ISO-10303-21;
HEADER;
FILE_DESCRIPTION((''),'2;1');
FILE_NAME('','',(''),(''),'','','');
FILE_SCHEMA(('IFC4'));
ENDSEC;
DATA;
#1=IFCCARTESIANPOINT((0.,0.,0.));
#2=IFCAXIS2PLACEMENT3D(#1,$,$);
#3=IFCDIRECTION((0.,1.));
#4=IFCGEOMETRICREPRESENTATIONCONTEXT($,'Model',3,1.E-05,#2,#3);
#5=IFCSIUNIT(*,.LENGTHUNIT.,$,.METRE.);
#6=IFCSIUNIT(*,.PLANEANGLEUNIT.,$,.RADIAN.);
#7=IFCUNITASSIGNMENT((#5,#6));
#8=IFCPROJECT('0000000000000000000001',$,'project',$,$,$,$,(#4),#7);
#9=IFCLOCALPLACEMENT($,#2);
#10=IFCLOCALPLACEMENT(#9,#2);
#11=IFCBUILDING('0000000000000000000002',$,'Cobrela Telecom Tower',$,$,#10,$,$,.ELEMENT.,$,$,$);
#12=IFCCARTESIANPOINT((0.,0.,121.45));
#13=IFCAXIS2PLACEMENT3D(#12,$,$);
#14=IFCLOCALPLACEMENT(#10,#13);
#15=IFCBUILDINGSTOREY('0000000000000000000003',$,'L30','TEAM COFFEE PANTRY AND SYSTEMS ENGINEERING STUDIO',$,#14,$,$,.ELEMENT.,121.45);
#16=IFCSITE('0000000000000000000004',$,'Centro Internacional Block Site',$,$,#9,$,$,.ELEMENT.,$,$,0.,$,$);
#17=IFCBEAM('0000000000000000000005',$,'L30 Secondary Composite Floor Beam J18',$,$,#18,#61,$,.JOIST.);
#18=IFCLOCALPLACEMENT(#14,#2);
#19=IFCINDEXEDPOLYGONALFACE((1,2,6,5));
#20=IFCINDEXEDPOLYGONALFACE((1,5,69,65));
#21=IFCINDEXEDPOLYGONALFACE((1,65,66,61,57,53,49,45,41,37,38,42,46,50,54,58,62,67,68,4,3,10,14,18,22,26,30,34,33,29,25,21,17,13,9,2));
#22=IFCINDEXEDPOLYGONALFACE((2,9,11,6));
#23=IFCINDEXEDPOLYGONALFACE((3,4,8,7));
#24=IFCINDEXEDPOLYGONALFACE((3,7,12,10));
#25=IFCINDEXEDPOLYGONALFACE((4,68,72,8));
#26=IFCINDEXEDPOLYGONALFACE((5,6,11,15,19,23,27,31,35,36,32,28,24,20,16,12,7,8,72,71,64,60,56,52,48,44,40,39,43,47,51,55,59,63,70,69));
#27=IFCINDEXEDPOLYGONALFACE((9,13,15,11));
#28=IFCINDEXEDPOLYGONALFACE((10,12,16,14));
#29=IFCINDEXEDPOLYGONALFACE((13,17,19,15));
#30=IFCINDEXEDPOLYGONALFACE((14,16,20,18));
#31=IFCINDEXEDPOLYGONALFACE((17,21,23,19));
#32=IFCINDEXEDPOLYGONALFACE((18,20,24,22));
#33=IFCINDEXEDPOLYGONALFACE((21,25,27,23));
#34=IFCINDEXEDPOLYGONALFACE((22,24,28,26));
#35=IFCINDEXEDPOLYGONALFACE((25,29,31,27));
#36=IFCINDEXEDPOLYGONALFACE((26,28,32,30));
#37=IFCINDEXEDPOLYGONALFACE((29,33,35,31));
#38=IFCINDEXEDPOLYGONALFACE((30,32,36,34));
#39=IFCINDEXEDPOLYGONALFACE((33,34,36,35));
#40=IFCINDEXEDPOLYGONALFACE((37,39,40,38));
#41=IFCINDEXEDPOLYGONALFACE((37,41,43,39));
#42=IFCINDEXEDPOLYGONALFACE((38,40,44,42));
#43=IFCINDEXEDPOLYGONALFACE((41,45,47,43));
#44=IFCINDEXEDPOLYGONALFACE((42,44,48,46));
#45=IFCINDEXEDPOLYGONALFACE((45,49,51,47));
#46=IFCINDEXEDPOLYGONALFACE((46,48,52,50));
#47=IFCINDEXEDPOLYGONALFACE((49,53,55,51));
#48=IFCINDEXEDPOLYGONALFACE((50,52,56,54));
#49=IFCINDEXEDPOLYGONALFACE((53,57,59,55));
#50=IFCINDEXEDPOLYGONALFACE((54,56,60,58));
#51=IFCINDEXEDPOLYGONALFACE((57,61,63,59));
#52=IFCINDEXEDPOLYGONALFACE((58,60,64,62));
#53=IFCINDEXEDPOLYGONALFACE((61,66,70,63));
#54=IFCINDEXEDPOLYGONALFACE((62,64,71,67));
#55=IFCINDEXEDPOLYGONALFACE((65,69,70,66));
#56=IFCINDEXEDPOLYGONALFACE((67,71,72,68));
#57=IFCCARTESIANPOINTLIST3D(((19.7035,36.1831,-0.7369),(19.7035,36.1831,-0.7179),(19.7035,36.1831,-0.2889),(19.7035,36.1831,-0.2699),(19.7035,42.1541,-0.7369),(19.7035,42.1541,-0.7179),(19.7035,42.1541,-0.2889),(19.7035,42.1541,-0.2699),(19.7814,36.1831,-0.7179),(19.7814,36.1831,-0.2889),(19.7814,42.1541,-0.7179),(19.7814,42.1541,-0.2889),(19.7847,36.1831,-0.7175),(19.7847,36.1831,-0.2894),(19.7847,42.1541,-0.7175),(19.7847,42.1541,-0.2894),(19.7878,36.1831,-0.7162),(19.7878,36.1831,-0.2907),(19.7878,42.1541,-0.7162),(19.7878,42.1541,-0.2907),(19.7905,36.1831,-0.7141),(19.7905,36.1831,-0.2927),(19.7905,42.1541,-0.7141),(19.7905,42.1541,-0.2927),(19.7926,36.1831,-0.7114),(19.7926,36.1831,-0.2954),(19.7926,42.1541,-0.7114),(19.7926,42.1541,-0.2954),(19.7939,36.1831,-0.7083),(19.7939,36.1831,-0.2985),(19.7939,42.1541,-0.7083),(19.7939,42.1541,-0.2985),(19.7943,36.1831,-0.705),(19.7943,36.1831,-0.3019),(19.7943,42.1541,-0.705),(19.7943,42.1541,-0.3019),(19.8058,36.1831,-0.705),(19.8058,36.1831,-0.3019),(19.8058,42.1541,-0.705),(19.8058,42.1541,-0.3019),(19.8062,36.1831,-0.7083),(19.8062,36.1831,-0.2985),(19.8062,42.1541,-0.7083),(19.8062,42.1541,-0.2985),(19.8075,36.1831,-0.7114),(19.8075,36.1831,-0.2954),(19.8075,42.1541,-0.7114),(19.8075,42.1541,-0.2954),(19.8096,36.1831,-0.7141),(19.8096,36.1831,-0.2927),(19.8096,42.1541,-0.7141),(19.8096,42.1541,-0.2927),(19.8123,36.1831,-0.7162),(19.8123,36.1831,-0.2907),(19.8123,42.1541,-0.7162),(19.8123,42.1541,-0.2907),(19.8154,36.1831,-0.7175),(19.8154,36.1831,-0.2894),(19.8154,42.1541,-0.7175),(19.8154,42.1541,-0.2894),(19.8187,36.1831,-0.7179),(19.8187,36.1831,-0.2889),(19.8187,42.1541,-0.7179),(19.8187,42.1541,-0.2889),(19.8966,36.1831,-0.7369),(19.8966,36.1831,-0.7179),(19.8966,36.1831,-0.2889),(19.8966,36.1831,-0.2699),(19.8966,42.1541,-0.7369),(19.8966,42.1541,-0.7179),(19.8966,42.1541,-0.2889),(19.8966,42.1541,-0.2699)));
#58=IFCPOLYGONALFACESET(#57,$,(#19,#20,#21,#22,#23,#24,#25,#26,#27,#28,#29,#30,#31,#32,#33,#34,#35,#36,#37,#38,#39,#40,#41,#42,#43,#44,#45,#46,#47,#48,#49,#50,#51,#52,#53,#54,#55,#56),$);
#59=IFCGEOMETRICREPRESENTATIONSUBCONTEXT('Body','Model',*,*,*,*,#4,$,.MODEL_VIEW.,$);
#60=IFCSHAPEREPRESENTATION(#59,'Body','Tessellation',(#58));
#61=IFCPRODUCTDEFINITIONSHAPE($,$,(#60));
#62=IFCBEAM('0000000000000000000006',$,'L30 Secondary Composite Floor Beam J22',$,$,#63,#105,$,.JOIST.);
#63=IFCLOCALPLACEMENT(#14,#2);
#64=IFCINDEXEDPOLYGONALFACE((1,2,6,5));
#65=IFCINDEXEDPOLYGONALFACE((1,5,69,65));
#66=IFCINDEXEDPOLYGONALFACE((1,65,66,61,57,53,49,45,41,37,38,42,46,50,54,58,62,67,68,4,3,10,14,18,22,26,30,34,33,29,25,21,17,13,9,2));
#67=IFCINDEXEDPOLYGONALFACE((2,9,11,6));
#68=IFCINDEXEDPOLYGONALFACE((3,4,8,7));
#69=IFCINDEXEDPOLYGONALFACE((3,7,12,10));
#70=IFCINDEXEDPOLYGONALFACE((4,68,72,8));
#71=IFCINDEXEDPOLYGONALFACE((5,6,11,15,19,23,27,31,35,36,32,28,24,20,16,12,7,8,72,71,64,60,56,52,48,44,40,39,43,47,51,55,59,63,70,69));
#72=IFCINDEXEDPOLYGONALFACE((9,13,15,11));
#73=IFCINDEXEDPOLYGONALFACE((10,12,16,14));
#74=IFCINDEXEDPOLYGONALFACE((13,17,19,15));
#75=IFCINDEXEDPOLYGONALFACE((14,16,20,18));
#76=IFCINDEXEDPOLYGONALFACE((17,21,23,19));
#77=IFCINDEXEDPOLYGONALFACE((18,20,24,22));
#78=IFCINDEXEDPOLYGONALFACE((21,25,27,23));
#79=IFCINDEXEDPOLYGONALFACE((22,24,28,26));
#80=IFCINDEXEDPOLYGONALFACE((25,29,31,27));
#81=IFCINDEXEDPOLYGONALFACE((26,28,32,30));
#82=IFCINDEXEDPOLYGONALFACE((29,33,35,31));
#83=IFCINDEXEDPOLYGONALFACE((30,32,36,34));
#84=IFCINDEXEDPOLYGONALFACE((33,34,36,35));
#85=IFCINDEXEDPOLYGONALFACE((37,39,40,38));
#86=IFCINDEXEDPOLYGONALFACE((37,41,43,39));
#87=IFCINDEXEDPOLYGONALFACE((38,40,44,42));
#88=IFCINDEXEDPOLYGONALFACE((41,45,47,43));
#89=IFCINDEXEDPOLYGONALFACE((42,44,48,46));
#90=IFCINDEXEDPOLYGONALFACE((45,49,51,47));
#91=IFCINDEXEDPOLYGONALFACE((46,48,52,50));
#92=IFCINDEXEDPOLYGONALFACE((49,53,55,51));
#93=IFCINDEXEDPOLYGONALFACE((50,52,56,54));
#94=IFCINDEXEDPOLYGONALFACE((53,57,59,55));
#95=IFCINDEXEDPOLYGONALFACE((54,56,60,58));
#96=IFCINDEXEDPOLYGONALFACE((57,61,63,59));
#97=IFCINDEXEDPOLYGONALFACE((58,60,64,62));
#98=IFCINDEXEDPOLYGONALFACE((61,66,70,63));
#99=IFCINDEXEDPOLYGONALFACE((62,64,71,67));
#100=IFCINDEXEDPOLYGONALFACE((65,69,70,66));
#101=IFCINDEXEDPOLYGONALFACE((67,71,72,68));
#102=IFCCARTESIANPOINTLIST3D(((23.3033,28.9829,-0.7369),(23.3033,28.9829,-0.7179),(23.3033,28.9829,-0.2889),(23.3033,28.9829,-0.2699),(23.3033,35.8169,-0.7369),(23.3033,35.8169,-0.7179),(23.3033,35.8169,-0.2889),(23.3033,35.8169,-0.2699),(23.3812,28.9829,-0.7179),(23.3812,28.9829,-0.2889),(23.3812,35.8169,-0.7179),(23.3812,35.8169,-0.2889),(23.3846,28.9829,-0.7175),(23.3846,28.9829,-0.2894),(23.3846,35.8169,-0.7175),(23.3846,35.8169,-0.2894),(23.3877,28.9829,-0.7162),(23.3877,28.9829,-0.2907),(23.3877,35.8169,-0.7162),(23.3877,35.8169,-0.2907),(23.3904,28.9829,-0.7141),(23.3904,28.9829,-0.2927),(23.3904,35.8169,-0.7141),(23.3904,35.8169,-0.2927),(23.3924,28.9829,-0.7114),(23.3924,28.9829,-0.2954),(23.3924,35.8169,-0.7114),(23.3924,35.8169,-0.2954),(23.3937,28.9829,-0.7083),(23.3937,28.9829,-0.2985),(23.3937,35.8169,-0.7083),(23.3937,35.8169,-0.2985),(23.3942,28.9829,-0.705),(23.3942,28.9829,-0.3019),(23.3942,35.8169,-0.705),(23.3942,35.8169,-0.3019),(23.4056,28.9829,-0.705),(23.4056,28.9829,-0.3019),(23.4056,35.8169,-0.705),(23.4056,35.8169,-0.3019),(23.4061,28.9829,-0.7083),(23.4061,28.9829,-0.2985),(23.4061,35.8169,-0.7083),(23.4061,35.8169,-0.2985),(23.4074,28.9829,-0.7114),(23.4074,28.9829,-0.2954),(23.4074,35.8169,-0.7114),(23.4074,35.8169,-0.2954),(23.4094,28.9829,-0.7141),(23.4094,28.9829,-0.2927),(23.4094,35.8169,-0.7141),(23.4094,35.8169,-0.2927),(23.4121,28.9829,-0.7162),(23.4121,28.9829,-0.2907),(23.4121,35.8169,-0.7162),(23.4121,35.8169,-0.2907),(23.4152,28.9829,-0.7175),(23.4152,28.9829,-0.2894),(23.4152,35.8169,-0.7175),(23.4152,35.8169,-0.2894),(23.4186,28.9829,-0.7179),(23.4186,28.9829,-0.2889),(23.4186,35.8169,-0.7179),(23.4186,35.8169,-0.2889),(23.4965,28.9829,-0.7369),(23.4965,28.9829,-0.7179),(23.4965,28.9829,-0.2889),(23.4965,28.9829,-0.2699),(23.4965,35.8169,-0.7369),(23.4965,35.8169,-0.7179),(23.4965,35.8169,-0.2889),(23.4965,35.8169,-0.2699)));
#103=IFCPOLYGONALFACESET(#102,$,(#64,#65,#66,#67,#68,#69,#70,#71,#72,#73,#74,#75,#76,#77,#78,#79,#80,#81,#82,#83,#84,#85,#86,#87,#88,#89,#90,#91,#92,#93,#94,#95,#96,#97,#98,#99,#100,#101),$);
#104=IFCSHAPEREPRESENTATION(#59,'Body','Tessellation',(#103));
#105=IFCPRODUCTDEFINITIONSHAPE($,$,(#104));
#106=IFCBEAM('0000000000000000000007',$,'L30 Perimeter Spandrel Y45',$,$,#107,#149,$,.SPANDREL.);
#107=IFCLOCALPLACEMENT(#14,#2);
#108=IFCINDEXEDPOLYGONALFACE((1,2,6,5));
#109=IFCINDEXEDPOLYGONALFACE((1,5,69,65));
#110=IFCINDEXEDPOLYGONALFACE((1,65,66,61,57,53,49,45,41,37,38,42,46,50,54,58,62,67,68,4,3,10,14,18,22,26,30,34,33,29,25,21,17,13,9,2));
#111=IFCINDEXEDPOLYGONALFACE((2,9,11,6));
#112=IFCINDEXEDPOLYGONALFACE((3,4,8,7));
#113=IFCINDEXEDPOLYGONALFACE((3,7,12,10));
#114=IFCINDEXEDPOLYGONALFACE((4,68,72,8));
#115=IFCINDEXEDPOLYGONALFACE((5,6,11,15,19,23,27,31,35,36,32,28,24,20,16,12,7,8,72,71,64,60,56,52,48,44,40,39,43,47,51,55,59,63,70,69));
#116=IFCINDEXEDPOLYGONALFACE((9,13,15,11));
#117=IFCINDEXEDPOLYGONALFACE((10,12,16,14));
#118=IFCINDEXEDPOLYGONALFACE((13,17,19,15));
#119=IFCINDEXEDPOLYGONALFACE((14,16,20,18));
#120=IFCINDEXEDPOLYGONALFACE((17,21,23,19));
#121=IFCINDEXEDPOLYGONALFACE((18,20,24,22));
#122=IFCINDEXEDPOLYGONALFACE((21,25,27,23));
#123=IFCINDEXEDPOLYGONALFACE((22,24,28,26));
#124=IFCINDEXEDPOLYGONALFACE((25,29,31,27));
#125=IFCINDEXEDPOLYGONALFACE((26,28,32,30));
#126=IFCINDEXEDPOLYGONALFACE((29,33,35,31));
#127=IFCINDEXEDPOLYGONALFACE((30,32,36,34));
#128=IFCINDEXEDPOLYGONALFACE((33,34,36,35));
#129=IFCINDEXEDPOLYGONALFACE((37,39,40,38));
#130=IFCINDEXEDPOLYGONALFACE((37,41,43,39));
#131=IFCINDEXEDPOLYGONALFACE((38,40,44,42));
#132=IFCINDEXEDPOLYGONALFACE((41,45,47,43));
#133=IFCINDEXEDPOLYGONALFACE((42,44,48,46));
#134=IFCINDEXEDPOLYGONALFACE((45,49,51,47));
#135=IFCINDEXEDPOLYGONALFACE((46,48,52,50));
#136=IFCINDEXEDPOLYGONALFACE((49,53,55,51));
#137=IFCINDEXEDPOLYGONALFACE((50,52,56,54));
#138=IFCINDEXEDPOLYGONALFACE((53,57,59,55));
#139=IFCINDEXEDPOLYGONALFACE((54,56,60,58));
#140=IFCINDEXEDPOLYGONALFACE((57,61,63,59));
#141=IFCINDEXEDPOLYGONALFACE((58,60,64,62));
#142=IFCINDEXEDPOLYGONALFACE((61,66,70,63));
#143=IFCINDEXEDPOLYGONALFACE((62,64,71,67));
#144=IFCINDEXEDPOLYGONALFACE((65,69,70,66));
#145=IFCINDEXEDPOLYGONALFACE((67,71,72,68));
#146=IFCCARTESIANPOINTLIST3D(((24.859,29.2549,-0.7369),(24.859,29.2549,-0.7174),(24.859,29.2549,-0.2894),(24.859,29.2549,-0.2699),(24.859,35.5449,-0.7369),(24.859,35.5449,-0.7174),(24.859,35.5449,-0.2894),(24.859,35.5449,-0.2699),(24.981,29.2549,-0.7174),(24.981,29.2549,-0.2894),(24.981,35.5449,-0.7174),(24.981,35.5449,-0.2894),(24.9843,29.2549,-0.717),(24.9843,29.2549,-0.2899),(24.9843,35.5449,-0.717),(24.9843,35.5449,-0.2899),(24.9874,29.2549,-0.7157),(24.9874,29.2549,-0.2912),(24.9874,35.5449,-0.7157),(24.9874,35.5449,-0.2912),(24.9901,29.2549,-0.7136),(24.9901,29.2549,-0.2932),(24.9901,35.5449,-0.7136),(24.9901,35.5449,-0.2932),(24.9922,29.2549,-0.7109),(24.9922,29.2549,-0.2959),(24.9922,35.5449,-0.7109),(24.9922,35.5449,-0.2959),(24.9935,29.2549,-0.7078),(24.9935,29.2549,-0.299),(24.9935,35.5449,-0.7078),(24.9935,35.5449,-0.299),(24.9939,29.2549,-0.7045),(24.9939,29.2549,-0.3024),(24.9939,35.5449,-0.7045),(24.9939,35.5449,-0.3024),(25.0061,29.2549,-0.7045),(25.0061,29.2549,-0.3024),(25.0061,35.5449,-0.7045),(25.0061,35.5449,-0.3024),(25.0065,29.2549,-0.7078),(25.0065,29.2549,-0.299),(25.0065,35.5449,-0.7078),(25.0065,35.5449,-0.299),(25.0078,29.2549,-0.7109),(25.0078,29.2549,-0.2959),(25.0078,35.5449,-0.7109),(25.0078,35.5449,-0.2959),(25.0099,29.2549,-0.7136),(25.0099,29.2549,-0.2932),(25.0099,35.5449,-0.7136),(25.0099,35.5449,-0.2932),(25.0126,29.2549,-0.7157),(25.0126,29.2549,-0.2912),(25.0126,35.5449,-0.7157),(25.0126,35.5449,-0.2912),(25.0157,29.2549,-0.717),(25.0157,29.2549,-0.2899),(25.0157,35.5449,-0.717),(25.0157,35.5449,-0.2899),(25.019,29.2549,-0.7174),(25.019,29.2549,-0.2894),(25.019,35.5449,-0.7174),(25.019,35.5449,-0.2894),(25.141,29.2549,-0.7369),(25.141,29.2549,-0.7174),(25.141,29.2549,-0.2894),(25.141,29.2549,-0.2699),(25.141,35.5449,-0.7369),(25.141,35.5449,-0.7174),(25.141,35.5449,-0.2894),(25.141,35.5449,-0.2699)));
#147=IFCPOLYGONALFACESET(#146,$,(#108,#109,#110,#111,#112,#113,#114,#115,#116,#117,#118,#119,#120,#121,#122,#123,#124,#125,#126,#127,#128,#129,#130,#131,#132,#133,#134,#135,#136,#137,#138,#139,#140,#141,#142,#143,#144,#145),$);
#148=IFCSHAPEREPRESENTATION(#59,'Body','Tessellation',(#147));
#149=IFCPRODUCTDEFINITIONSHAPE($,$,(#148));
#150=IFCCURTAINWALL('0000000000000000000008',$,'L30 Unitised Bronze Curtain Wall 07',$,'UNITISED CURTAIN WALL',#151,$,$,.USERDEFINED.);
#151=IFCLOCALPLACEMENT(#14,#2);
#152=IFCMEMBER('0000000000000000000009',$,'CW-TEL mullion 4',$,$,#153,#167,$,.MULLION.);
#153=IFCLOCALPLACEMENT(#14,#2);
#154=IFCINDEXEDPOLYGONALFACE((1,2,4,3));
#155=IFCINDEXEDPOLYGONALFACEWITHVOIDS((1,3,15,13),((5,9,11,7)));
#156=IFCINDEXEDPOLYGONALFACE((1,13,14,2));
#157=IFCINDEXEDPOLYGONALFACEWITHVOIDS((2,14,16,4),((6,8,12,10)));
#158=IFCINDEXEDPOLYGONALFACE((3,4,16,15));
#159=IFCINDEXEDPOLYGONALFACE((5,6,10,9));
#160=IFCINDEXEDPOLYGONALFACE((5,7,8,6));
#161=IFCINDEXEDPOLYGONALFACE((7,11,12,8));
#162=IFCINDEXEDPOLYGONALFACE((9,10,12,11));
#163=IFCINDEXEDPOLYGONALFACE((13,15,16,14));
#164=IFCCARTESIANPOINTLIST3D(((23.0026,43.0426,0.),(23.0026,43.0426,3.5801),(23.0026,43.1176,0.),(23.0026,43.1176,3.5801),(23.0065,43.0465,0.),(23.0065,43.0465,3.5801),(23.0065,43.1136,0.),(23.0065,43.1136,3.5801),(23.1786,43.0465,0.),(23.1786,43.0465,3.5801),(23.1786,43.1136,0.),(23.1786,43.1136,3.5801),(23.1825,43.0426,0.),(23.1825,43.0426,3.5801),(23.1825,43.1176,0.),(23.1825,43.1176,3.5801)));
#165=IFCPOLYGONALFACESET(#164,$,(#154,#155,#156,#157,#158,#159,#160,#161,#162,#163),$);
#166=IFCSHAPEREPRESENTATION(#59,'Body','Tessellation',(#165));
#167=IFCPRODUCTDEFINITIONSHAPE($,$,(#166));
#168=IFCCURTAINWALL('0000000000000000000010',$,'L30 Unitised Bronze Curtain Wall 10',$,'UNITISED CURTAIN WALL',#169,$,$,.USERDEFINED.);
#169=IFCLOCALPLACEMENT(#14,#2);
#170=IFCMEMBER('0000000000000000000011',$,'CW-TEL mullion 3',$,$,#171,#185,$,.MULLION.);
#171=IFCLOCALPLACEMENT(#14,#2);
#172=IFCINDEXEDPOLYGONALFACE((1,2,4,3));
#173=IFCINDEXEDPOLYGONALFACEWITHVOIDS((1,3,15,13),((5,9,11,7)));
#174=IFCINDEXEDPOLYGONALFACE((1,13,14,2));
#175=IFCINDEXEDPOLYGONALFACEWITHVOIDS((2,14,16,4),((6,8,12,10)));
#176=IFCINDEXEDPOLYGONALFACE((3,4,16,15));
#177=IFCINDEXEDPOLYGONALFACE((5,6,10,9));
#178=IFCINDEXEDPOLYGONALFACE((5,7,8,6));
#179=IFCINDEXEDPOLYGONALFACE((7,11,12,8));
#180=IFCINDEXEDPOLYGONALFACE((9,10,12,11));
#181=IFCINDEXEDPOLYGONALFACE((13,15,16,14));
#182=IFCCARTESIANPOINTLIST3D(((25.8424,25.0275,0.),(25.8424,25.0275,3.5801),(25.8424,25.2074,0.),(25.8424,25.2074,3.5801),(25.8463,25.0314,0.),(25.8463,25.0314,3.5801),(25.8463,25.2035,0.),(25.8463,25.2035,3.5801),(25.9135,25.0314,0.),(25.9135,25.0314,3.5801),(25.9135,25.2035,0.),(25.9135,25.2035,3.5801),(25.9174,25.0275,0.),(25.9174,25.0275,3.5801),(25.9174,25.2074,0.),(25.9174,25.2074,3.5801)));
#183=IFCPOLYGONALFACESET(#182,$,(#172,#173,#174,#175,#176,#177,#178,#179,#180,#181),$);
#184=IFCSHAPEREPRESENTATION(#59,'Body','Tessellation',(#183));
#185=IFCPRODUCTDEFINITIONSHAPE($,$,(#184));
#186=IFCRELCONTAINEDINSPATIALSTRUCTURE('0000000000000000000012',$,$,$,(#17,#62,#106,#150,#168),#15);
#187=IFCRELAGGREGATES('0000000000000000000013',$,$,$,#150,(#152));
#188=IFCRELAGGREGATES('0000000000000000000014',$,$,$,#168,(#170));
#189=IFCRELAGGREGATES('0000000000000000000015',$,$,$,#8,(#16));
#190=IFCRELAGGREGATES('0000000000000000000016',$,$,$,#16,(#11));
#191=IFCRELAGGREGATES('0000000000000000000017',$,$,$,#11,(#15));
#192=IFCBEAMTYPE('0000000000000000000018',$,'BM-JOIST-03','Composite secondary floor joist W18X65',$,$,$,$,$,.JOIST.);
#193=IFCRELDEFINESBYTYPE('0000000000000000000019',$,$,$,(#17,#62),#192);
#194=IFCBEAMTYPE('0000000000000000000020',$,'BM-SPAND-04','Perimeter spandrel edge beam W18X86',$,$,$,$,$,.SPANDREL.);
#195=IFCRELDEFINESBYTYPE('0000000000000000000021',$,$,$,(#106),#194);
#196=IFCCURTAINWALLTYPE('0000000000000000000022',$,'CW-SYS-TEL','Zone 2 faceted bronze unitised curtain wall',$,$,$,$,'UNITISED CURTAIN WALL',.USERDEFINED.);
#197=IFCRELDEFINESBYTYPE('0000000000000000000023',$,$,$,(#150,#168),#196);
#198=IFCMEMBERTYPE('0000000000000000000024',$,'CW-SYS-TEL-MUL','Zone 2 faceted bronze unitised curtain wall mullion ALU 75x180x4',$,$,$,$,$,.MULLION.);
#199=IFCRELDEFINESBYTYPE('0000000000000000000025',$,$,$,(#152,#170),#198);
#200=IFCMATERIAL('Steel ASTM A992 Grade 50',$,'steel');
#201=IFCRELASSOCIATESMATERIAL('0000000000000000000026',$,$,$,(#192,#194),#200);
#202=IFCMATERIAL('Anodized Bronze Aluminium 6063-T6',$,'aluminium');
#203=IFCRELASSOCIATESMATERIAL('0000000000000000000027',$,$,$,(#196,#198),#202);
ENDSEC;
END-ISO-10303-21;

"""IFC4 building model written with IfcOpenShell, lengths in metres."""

from ifc_helpers import new_model, si_unit, direction, frame, origin, origin_2d, place, context, subcontext, project, spatial, hollow_rectangle, i_section, extrude, material, material_profile, profile_set, type_object, element, aggregate, save


model = new_model("IFC4")

# Units and contexts
model_context = context("Model", 3, precision=1e-05, world=origin(), true_north=direction((0.0, 1.0)))
body_context = subcontext(model_context, "Body", "Model", "MODEL_VIEW")
ifc_project = project(units=[si_unit("LENGTHUNIT", "METRE"), si_unit("PLANEANGLEUNIT", "RADIAN")], contexts=[model_context])

# Site, building, storey
site_placement = place(None, origin())
site = spatial("IfcSite", under=ifc_project, at=site_placement, Name="Centro Internacional Block Site", CompositionType="ELEMENT", RefElevation=0.0)
building_placement = place(site_placement, origin())
building = spatial("IfcBuilding", under=site, at=building_placement, Name="Cobrela Telecom Tower", CompositionType="ELEMENT")
storey_placement = place(building_placement, frame((0.0, 0.0, 121.45)))
storey = spatial("IfcBuildingStorey", under=building, at=storey_placement, Name="L30", Description="TEAM COFFEE PANTRY AND SYSTEMS ENGINEERING STUDIO", CompositionType="ELEMENT", Elevation=121.45)

# Shared definitions
ifc_material_1 = material(Name="Steel ASTM A992 Grade 50", Category="steel")

# Beams
ifc_material_profile_1 = material_profile(ifc_material_1, i_section(OverallWidth=0.1931, OverallDepth=0.467, WebThickness=0.0115, FlangeThickness=0.019, FilletRadius=0.0129, at=origin_2d()), Name="W18X65")
ifc_profile_set_1 = profile_set([ifc_material_profile_1], Name="Steel ASTM A992 Grade 50")
beam_type_1 = type_object("IfcBeamType", Name="BM-JOIST-03", Description="Composite secondary floor joist W18X65", PredefinedType="JOIST", material=ifc_profile_set_1)
beam_1_placement = place(storey_placement, frame((19.8, 36.1831, -0.5034), z_axis=(0.0, 1.0, 0.0), x_axis=(-1.0, 0.0, 0.0)))
element("IfcBeam", 1, at=beam_1_placement, inside=storey, type_object=beam_type_1, Name="L30 Secondary Composite Floor Beam J18", PredefinedType="JOIST", context=body_context, shape_type="SweptSolid", body=[
    extrude(i_section(OverallWidth=0.1931, OverallDepth=0.467, WebThickness=0.0115, FlangeThickness=0.019, FilletRadius=0.0129, at=origin_2d()), origin(), (0.0, 0.0, 1.0), 5.9709),
])
beam_2_placement = place(storey_placement, frame((23.3999, 28.9829, -0.5034), z_axis=(0.0, 1.0, 0.0), x_axis=(-1.0, 0.0, 0.0)))
element("IfcBeam", 2, at=beam_2_placement, inside=storey, type_object=beam_type_1, Name="L30 Secondary Composite Floor Beam J22", PredefinedType="JOIST", context=body_context, shape_type="SweptSolid", body=[
    extrude(i_section(OverallWidth=0.1931, OverallDepth=0.467, WebThickness=0.0115, FlangeThickness=0.019, FilletRadius=0.0129, at=origin_2d()), origin(), (0.0, 0.0, 1.0), 6.834),
])
ifc_material_profile_2 = material_profile(ifc_material_1, i_section(OverallWidth=0.282, OverallDepth=0.467, WebThickness=0.0122, FlangeThickness=0.0195, FilletRadius=0.0129, at=origin_2d()), Name="W18X86")
ifc_profile_set_2 = profile_set([ifc_material_profile_2], Name="Steel ASTM A992 Grade 50")
beam_type_2 = type_object("IfcBeamType", Name="BM-SPAND-04", Description="Perimeter spandrel edge beam W18X86", PredefinedType="SPANDREL", material=ifc_profile_set_2)
beam_3_placement = place(storey_placement, frame((25.0, 29.2549, -0.5034), z_axis=(0.0, 1.0, 0.0), x_axis=(-1.0, 0.0, 0.0)))
element("IfcBeam", 3, at=beam_3_placement, inside=storey, type_object=beam_type_2, Name="L30 Perimeter Spandrel Y45", PredefinedType="SPANDREL", context=body_context, shape_type="SweptSolid", body=[
    extrude(i_section(OverallWidth=0.282, OverallDepth=0.467, WebThickness=0.0122, FlangeThickness=0.0195, FilletRadius=0.0129, at=origin_2d()), origin(), (0.0, 0.0, 1.0), 6.29),
])

# Curtain walls, members
ifc_material_2 = material(Name="Anodized Bronze Aluminium 6063-T6", Category="aluminium")
curtain_wall_type = type_object("IfcCurtainWallType", Name="CW-SYS-TEL", Description="Zone 2 faceted bronze unitised curtain wall", ElementType="UNITISED CURTAIN WALL", PredefinedType="USERDEFINED", material=ifc_material_2)
curtain_wall_1_placement = place(storey_placement, origin())
curtain_wall_1 = element("IfcCurtainWall", 4, at=curtain_wall_1_placement, inside=storey, type_object=curtain_wall_type, Name="L30 Unitised Bronze Curtain Wall 07", ObjectType="UNITISED CURTAIN WALL", PredefinedType="USERDEFINED")
ifc_material_profile_3 = material_profile(ifc_material_2, hollow_rectangle(XDim=0.075, YDim=0.1799, WallThickness=0.0039, at=origin_2d()), Name="ALU 75x180x4")
ifc_profile_set_3 = profile_set([ifc_material_profile_3], Name="Anodized Bronze Aluminium 6063-T6")
member_type = type_object("IfcMemberType", Name="CW-SYS-TEL-MUL", Description="Zone 2 faceted bronze unitised curtain wall mullion ALU 75x180x4", PredefinedType="MULLION", material=ifc_profile_set_3)
member_1_placement = place(storey_placement, frame((23.0925, 43.0801, 0.0), z_axis=(0.0, 0.0, 1.0), x_axis=(0.0, 1.0, 0.0)))
member_1 = element("IfcMember", 5, at=member_1_placement, type_object=member_type, Name="CW-TEL mullion 4", PredefinedType="MULLION", context=body_context, shape_type="SweptSolid", body=[
    extrude(hollow_rectangle(XDim=0.075, YDim=0.1799, WallThickness=0.0039, at=origin_2d()), origin(), (0.0, 0.0, 1.0), 3.5801),
])
curtain_wall_2_placement = place(storey_placement, origin())
curtain_wall_2 = element("IfcCurtainWall", 6, at=curtain_wall_2_placement, inside=storey, type_object=curtain_wall_type, Name="L30 Unitised Bronze Curtain Wall 10", ObjectType="UNITISED CURTAIN WALL", PredefinedType="USERDEFINED")
member_2_placement = place(storey_placement, frame((25.8799, 25.1174, 0.0), z_axis=(0.0, 0.0, 1.0), x_axis=(1.0, 0.0, 0.0)))
member_2 = element("IfcMember", 7, at=member_2_placement, type_object=member_type, Name="CW-TEL mullion 3", PredefinedType="MULLION", context=body_context, shape_type="SweptSolid", body=[
    extrude(hollow_rectangle(XDim=0.075, YDim=0.1799, WallThickness=0.0039, at=origin_2d()), origin(), (0.0, 0.0, 1.0), 3.5801),
])

aggregate(curtain_wall_1, [member_1])
aggregate(curtain_wall_2, [member_2])

save(model, "model.ifc")
